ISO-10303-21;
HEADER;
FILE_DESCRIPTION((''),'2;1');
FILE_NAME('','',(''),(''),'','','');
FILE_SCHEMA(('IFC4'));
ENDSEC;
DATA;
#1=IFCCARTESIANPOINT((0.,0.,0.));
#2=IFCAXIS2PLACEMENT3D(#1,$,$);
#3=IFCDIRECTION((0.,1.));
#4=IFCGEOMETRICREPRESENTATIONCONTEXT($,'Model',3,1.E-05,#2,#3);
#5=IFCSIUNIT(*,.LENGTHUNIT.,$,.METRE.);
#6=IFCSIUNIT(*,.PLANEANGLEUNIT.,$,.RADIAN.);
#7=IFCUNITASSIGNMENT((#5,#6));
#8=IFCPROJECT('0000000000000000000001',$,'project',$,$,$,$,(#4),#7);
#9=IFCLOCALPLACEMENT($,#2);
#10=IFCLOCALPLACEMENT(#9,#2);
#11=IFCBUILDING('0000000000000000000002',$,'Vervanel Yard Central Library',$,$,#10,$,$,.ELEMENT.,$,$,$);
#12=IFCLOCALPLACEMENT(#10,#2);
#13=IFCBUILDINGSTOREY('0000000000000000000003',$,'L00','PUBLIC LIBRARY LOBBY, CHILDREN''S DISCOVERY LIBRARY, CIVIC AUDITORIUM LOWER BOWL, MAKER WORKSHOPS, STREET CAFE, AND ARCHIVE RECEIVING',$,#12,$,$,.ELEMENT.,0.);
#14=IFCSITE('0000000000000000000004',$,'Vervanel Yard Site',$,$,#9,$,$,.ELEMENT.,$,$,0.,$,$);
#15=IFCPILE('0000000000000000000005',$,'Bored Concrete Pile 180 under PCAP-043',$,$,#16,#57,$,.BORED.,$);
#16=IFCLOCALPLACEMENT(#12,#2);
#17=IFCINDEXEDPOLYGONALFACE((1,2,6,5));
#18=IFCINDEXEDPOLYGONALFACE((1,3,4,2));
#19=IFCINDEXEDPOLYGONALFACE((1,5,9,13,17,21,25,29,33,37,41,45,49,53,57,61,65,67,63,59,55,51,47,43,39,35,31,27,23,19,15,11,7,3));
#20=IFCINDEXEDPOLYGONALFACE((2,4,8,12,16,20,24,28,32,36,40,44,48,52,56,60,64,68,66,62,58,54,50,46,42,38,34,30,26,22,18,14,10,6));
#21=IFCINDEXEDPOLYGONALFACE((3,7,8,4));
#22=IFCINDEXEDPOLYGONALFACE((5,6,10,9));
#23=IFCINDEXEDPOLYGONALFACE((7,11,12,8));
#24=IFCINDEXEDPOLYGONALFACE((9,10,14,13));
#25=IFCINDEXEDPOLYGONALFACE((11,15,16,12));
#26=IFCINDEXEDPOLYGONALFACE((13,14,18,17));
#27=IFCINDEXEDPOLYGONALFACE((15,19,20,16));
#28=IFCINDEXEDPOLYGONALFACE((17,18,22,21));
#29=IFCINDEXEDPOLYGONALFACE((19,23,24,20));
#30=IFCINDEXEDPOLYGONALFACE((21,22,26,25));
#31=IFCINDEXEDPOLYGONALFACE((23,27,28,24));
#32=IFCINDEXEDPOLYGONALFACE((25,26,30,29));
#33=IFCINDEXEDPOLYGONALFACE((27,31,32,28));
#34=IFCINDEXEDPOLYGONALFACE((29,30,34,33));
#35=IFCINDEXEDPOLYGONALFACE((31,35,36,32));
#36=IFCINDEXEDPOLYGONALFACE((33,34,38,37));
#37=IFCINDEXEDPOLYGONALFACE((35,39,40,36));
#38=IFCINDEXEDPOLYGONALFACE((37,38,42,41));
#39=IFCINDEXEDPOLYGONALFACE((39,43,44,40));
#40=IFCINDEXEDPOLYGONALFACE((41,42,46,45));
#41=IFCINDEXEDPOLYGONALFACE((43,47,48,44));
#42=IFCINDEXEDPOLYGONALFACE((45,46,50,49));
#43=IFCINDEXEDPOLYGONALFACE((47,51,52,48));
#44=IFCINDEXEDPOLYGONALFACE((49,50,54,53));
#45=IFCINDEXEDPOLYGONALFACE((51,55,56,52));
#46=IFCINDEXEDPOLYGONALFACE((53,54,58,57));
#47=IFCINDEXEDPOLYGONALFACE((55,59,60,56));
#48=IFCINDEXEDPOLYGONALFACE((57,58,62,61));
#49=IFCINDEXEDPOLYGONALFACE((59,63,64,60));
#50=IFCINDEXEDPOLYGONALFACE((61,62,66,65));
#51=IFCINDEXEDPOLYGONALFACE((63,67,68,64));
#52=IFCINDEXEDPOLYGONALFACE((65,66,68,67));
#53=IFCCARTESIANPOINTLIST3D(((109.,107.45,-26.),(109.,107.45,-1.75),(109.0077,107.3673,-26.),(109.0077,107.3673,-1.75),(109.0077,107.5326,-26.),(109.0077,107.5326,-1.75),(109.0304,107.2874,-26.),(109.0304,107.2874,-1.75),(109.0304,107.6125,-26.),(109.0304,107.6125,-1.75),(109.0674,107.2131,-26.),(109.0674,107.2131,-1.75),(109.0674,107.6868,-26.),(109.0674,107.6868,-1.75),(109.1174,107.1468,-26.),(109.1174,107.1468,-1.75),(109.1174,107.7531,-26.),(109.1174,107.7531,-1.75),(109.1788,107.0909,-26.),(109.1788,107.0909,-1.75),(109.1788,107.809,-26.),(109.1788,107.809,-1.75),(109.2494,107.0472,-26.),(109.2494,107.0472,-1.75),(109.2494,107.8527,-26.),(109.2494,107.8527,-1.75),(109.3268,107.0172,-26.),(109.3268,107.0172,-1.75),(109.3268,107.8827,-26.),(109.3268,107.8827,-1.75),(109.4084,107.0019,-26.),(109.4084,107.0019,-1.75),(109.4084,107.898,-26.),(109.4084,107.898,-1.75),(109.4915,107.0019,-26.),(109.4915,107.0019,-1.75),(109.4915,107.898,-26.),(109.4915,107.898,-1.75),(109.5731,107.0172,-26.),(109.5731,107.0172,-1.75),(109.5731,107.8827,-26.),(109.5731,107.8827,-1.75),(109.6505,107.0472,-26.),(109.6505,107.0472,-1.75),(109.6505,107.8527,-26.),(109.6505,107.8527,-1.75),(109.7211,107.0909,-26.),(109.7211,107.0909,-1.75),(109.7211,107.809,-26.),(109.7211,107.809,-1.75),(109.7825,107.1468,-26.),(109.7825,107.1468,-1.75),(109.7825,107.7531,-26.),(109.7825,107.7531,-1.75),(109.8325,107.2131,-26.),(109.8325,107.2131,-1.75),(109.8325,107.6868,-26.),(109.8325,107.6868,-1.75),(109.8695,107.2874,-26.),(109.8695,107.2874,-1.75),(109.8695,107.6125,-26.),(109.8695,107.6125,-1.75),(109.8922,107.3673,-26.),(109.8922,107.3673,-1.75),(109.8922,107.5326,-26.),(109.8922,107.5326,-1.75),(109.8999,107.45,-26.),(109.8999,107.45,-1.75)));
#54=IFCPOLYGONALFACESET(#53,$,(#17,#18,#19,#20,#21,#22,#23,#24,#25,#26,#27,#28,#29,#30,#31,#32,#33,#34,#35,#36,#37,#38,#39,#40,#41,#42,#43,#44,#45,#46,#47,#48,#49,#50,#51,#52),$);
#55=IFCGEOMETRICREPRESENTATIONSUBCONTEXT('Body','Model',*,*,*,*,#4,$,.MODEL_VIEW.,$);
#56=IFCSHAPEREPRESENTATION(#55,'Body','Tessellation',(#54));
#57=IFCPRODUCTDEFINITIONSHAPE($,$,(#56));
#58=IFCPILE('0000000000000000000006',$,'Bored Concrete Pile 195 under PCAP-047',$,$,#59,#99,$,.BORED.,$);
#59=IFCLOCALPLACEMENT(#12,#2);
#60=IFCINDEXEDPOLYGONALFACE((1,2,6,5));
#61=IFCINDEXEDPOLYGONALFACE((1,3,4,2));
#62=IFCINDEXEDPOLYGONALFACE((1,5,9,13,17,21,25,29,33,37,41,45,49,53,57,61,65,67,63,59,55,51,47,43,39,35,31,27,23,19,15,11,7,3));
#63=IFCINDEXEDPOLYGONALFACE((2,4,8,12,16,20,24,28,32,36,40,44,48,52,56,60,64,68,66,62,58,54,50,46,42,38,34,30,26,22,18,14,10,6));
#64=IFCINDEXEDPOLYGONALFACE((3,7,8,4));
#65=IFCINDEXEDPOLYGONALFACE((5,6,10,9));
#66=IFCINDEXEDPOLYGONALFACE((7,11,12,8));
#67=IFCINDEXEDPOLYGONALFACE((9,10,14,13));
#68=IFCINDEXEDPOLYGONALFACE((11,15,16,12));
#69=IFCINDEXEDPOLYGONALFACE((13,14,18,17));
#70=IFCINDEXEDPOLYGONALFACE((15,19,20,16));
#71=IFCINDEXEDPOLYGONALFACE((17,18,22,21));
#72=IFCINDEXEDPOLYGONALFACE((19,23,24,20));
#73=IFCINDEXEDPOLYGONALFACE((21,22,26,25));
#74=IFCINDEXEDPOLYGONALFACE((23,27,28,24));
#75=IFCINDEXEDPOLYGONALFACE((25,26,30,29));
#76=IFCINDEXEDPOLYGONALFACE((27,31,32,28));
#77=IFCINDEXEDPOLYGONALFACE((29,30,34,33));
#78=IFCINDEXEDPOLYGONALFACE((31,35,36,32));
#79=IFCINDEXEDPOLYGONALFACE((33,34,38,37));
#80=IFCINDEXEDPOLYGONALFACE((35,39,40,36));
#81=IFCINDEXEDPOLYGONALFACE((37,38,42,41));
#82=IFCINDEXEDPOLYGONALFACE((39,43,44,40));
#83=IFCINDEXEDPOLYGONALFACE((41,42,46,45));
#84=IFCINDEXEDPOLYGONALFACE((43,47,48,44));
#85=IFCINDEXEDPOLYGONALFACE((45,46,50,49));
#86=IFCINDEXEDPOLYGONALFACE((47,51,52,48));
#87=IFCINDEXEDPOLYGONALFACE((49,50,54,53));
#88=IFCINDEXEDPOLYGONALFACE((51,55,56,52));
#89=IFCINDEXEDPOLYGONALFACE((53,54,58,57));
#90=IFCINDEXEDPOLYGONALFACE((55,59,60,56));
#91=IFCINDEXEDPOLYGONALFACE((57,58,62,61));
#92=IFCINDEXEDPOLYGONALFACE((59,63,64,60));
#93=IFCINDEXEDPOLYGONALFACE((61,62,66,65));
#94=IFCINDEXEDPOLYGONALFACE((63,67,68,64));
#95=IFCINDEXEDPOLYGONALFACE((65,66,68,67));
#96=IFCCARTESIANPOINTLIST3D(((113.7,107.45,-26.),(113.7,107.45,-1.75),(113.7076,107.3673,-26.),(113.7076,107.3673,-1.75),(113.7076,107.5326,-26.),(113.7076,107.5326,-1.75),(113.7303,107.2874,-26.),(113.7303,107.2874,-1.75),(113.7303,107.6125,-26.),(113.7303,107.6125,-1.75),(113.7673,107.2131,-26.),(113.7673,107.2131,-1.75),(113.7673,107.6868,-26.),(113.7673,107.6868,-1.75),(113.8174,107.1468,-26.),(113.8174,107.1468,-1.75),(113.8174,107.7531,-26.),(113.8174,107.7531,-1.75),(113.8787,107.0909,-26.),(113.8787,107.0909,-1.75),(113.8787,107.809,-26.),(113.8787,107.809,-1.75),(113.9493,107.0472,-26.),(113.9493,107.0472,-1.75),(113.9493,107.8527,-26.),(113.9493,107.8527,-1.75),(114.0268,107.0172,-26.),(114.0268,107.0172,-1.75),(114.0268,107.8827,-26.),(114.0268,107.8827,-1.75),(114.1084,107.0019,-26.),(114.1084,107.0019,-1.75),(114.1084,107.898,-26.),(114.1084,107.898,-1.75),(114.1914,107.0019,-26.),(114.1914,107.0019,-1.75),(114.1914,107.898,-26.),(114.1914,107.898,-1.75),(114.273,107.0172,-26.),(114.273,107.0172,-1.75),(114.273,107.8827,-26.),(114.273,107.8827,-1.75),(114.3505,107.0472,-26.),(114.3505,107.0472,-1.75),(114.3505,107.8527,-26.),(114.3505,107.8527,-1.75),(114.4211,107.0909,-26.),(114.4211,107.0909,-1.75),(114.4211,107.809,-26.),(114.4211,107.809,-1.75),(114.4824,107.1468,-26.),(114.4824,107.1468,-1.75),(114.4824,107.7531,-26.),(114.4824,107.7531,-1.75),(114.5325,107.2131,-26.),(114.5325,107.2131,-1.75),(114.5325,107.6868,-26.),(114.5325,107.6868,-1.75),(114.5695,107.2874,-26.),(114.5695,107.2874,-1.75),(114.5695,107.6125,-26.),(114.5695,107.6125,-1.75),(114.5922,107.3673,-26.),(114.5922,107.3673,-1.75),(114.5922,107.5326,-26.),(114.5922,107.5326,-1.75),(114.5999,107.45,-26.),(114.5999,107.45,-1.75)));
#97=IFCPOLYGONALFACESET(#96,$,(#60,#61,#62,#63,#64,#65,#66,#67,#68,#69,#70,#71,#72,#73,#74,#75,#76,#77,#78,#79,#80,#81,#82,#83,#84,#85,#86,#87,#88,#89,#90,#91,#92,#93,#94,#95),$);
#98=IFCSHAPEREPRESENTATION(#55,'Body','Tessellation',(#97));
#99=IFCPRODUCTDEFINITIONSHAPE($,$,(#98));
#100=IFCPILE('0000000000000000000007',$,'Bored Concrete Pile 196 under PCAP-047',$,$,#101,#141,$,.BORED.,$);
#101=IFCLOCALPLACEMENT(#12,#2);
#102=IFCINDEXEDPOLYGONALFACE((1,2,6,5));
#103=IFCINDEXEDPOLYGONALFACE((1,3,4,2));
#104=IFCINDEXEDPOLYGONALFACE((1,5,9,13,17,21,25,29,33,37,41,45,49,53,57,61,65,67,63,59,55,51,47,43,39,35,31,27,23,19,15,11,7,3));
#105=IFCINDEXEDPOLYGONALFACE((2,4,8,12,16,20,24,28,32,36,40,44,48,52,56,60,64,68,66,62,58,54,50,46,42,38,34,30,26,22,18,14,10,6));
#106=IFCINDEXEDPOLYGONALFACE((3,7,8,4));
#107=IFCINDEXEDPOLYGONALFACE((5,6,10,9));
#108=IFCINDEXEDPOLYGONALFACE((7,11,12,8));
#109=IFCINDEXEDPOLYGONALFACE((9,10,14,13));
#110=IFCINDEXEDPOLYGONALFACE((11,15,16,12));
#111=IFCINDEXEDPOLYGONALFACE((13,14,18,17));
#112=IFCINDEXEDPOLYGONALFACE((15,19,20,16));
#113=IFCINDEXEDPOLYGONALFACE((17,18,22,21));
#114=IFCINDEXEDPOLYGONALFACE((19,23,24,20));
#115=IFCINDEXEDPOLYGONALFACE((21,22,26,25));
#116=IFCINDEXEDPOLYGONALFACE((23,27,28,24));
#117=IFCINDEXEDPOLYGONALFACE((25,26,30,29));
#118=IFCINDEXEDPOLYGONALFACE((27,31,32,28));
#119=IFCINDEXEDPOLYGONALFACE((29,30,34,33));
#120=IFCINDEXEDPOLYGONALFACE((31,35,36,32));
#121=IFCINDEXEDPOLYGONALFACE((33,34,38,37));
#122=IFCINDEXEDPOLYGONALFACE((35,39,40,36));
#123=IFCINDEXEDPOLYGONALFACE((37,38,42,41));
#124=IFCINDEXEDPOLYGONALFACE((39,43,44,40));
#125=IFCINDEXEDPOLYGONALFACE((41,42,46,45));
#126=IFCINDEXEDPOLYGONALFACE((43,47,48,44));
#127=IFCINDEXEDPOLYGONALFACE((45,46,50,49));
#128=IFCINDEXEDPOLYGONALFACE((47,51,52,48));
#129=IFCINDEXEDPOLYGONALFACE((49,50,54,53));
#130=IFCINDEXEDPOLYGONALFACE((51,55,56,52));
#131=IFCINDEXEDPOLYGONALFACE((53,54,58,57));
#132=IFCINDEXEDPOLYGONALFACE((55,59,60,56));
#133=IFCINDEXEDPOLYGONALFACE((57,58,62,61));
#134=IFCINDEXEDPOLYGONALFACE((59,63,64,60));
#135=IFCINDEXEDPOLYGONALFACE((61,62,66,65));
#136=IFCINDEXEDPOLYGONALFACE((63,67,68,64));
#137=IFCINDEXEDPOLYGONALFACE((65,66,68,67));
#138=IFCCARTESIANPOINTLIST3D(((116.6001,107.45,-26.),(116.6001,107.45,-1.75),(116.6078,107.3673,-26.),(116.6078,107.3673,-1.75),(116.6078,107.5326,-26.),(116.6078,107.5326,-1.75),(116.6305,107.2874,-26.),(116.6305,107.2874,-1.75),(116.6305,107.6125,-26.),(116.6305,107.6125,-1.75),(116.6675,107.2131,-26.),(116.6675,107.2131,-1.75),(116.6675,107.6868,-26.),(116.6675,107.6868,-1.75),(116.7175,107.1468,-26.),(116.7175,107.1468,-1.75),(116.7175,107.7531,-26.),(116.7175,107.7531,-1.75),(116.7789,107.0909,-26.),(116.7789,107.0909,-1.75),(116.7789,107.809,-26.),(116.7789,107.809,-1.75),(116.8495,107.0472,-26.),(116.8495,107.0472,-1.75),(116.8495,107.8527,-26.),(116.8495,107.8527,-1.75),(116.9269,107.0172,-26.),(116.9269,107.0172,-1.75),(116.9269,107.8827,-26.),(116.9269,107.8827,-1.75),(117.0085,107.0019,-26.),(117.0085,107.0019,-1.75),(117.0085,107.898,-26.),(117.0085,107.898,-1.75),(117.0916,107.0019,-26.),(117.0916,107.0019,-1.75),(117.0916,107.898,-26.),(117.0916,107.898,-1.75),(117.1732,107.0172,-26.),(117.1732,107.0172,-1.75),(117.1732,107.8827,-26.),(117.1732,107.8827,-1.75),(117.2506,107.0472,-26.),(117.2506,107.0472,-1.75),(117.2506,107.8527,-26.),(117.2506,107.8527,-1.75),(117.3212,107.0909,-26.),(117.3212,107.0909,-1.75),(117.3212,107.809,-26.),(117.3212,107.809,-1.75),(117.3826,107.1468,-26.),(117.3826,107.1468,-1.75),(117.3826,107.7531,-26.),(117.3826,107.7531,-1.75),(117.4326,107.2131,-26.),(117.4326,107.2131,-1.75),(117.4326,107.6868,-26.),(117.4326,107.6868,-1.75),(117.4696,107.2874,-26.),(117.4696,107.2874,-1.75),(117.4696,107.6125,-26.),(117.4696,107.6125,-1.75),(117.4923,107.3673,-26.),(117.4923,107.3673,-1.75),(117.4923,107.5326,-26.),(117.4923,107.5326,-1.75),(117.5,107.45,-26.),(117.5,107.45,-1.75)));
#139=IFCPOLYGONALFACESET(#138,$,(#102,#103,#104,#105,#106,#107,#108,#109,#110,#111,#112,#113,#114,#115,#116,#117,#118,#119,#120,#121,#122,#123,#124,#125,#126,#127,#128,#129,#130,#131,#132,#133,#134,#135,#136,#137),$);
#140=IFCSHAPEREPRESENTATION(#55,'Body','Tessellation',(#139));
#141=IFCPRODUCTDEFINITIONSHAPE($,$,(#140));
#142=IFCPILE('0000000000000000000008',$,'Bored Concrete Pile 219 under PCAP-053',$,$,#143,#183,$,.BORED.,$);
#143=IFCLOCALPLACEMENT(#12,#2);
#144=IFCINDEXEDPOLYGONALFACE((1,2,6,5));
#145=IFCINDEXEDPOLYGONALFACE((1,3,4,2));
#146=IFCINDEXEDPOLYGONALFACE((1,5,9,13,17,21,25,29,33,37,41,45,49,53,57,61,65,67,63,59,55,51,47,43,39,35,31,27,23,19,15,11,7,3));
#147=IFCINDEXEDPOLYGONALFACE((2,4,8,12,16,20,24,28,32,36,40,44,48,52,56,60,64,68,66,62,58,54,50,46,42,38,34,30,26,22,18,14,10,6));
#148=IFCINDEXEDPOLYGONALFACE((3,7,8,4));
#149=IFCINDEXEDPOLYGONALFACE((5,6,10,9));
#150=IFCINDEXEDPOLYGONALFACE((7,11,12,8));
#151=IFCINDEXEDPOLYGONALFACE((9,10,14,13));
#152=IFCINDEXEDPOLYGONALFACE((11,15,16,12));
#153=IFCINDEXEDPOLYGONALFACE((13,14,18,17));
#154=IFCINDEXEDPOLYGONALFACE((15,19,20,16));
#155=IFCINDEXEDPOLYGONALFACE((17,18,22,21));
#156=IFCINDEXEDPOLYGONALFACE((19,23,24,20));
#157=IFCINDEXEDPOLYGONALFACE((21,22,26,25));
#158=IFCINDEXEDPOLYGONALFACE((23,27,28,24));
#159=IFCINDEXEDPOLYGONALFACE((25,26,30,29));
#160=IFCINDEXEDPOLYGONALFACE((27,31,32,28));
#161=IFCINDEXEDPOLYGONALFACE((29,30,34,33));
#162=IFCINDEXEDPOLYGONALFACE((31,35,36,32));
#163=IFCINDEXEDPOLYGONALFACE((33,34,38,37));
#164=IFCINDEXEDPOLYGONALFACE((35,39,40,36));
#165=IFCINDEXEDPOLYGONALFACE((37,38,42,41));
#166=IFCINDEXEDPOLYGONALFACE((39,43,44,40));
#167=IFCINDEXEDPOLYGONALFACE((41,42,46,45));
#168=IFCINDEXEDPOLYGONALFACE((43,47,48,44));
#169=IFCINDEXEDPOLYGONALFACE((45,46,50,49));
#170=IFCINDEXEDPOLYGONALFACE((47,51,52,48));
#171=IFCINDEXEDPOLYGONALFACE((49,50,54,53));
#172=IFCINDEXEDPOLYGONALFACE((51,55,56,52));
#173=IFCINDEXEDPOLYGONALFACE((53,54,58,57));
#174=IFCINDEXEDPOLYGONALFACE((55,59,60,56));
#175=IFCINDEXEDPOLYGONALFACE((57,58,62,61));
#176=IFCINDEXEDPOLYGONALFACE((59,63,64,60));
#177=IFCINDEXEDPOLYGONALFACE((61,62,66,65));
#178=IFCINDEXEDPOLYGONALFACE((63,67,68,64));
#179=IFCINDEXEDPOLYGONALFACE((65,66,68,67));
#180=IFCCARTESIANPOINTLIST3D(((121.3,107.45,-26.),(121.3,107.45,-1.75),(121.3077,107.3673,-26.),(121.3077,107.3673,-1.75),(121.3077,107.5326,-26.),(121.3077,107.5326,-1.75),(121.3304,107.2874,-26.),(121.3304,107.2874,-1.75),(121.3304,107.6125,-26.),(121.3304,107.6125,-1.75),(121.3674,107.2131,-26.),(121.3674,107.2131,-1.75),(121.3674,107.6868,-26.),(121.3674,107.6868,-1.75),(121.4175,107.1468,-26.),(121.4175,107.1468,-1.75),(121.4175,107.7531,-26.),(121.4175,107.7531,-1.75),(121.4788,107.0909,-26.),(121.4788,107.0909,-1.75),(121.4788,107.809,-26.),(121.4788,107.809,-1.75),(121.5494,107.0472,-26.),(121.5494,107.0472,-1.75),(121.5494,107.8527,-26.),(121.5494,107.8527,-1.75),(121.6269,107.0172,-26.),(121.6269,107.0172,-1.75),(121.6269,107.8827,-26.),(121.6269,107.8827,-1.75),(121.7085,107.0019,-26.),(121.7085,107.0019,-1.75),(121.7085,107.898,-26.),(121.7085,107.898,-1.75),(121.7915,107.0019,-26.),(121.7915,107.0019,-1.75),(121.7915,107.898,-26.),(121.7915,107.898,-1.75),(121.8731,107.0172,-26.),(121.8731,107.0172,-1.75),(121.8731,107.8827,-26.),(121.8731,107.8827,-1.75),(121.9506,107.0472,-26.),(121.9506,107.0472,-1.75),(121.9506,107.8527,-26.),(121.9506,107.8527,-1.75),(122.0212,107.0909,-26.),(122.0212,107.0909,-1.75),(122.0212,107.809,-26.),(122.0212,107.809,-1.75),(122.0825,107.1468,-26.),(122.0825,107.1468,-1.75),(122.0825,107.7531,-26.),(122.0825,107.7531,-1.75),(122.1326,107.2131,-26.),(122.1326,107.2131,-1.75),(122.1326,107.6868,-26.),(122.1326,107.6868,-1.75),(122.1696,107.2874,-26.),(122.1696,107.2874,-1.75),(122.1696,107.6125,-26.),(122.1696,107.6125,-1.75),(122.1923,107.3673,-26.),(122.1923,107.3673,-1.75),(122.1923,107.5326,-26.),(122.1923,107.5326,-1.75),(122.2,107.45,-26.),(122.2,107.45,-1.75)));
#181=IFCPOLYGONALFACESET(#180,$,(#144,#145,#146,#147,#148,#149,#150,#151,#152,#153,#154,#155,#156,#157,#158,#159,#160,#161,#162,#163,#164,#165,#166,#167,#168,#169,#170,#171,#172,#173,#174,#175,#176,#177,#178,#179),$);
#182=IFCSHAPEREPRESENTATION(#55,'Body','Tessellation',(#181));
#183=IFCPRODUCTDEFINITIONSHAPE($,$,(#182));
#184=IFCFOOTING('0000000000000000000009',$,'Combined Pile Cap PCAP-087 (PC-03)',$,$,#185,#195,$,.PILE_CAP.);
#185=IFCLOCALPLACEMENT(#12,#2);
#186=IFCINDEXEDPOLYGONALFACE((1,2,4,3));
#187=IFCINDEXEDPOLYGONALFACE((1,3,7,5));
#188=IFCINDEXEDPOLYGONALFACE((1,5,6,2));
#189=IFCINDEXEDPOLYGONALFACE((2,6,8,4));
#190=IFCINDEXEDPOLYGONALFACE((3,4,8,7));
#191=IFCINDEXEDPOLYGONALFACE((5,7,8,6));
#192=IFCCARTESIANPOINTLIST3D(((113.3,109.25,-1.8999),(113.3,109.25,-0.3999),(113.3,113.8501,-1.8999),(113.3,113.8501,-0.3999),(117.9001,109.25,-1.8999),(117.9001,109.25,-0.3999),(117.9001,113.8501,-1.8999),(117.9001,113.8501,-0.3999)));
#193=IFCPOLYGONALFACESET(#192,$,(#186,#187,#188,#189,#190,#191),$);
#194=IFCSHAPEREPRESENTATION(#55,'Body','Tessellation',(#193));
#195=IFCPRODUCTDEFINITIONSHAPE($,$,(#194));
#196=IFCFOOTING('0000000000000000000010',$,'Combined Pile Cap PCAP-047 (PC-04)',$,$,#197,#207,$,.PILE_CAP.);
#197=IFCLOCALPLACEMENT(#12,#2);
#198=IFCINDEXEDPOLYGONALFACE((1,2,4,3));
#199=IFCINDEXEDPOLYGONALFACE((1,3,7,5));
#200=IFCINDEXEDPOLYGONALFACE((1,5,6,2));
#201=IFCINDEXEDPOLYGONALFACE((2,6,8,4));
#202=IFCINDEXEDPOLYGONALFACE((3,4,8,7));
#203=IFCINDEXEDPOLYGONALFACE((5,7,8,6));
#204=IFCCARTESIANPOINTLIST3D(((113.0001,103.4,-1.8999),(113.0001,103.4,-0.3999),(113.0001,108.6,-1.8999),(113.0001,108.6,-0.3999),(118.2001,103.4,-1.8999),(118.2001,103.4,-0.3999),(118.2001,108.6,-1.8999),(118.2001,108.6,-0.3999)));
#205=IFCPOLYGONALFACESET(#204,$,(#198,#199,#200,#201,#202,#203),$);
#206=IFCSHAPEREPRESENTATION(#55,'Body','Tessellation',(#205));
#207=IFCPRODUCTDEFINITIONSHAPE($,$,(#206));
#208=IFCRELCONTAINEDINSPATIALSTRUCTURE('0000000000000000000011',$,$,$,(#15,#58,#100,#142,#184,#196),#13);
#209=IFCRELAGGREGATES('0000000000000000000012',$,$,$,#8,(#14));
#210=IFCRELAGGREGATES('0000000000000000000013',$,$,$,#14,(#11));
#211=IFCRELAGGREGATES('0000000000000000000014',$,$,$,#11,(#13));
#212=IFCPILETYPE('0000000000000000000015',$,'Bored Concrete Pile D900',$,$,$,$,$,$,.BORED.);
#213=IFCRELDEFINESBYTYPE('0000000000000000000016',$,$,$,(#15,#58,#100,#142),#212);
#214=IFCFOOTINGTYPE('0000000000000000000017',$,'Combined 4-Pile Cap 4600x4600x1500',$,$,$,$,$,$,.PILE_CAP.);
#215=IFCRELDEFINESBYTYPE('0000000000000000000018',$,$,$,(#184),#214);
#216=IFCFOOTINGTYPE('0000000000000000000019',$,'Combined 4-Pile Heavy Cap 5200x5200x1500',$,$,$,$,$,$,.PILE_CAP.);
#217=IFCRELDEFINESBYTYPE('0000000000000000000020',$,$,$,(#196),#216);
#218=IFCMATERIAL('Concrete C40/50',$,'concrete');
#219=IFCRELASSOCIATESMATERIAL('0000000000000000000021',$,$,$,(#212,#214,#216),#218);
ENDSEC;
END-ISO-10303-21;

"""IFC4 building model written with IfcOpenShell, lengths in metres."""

from ifc_helpers import new_model, si_unit, direction, frame, origin, origin_2d, place, context, subcontext, project, spatial, rectangle, circle, extrude, material, material_profile, profile_set, type_object, element, save


model = new_model("IFC4")

# Units and contexts
model_context = context("Model", 3, precision=1e-05, world=origin(), true_north=direction((0.0, 1.0)))
body_context = subcontext(model_context, "Body", "Model", "MODEL_VIEW")
ifc_project = project(units=[si_unit("LENGTHUNIT", "METRE"), si_unit("PLANEANGLEUNIT", "RADIAN")], contexts=[model_context])

# Site, building, storey
site_placement = place(None, origin())
site = spatial("IfcSite", under=ifc_project, at=site_placement, Name="Vervanel Yard Site", CompositionType="ELEMENT", RefElevation=0.0)
building_placement = place(site_placement, origin())
building = spatial("IfcBuilding", under=site, at=building_placement, Name="Vervanel Yard Central Library", CompositionType="ELEMENT")
storey_placement = place(building_placement, origin())
storey = spatial("IfcBuildingStorey", under=building, at=storey_placement, Name="L00", Description="PUBLIC LIBRARY LOBBY, CHILDREN'S DISCOVERY LIBRARY, CIVIC AUDITORIUM LOWER BOWL, MAKER WORKSHOPS, STREET CAFE, AND ARCHIVE RECEIVING", CompositionType="ELEMENT", Elevation=0.0)

# Piles
ifc_material_1 = material(Name="Concrete C40/50", Category="concrete")
ifc_material_profile_1 = material_profile(ifc_material_1, circle(Radius=0.45, at=origin_2d()), Name="BP D900", Category="concrete")
ifc_profile_set_1 = profile_set([ifc_material_profile_1], Name="Concrete C40/50")
pile_type_1 = type_object("IfcPileType", Name="Bored Concrete Pile D900", PredefinedType="BORED", material=ifc_profile_set_1)
for number, where, z_axis, x_axis, name in (
    (1, (109.45, 107.45, -1.75), (0.0, 0.0, -1.0), (1.0, 0.0, 0.0), "Bored Concrete Pile 180 under PCAP-043"),
    (2, (114.1499, 107.45, -1.75), (0.0, 0.0, -1.0), (1.0, 0.0, 0.0), "Bored Concrete Pile 195 under PCAP-047"),
    (3, (117.05, 107.45, -1.75), (0.0, 0.0, -1.0), (1.0, 0.0, 0.0), "Bored Concrete Pile 196 under PCAP-047"),
    (4, (121.75, 107.45, -1.75), (0.0, 0.0, -1.0), (1.0, 0.0, 0.0), "Bored Concrete Pile 219 under PCAP-053"),
):
    element("IfcPile", number, at=place(storey_placement, frame(where, z_axis=z_axis, x_axis=x_axis)), inside=storey, type_object=pile_type_1, Name=name, PredefinedType="BORED", context=body_context, shape_type="SweptSolid", body=[
        extrude(circle(Radius=0.45, at=origin_2d()), origin(), (0.0, 0.0, 1.0), 24.25),
    ])

# Footings
footing_type_1 = type_object("IfcFootingType", Name="Combined 4-Pile Cap 4600x4600x1500", PredefinedType="PILE_CAP", material=ifc_material_1)
footing_1_placement = place(storey_placement, frame((115.6001, 111.55, -1.8999), z_axis=(0.0, 0.0, 1.0), x_axis=(1.0, 0.0, 0.0)))
element("IfcFooting", 5, at=footing_1_placement, inside=storey, type_object=footing_type_1, Name="Combined Pile Cap PCAP-087 (PC-03)", PredefinedType="PILE_CAP", context=body_context, shape_type="SweptSolid", body=[
    extrude(rectangle(XDim=4.6001, YDim=4.6001, at=origin_2d()), origin(), (0.0, 0.0, 1.0), 1.5),
])
footing_type_2 = type_object("IfcFootingType", Name="Combined 4-Pile Heavy Cap 5200x5200x1500", PredefinedType="PILE_CAP", material=ifc_material_1)
footing_2_placement = place(storey_placement, frame((115.6001, 106.0, -1.8999), z_axis=(0.0, 0.0, 1.0), x_axis=(1.0, 0.0, 0.0)))
element("IfcFooting", 6, at=footing_2_placement, inside=storey, type_object=footing_type_2, Name="Combined Pile Cap PCAP-047 (PC-04)", PredefinedType="PILE_CAP", context=body_context, shape_type="SweptSolid", body=[
    extrude(rectangle(XDim=5.2, YDim=5.2, at=origin_2d()), origin(), (0.0, 0.0, 1.0), 1.5),
])

save(model, "model.ifc")
